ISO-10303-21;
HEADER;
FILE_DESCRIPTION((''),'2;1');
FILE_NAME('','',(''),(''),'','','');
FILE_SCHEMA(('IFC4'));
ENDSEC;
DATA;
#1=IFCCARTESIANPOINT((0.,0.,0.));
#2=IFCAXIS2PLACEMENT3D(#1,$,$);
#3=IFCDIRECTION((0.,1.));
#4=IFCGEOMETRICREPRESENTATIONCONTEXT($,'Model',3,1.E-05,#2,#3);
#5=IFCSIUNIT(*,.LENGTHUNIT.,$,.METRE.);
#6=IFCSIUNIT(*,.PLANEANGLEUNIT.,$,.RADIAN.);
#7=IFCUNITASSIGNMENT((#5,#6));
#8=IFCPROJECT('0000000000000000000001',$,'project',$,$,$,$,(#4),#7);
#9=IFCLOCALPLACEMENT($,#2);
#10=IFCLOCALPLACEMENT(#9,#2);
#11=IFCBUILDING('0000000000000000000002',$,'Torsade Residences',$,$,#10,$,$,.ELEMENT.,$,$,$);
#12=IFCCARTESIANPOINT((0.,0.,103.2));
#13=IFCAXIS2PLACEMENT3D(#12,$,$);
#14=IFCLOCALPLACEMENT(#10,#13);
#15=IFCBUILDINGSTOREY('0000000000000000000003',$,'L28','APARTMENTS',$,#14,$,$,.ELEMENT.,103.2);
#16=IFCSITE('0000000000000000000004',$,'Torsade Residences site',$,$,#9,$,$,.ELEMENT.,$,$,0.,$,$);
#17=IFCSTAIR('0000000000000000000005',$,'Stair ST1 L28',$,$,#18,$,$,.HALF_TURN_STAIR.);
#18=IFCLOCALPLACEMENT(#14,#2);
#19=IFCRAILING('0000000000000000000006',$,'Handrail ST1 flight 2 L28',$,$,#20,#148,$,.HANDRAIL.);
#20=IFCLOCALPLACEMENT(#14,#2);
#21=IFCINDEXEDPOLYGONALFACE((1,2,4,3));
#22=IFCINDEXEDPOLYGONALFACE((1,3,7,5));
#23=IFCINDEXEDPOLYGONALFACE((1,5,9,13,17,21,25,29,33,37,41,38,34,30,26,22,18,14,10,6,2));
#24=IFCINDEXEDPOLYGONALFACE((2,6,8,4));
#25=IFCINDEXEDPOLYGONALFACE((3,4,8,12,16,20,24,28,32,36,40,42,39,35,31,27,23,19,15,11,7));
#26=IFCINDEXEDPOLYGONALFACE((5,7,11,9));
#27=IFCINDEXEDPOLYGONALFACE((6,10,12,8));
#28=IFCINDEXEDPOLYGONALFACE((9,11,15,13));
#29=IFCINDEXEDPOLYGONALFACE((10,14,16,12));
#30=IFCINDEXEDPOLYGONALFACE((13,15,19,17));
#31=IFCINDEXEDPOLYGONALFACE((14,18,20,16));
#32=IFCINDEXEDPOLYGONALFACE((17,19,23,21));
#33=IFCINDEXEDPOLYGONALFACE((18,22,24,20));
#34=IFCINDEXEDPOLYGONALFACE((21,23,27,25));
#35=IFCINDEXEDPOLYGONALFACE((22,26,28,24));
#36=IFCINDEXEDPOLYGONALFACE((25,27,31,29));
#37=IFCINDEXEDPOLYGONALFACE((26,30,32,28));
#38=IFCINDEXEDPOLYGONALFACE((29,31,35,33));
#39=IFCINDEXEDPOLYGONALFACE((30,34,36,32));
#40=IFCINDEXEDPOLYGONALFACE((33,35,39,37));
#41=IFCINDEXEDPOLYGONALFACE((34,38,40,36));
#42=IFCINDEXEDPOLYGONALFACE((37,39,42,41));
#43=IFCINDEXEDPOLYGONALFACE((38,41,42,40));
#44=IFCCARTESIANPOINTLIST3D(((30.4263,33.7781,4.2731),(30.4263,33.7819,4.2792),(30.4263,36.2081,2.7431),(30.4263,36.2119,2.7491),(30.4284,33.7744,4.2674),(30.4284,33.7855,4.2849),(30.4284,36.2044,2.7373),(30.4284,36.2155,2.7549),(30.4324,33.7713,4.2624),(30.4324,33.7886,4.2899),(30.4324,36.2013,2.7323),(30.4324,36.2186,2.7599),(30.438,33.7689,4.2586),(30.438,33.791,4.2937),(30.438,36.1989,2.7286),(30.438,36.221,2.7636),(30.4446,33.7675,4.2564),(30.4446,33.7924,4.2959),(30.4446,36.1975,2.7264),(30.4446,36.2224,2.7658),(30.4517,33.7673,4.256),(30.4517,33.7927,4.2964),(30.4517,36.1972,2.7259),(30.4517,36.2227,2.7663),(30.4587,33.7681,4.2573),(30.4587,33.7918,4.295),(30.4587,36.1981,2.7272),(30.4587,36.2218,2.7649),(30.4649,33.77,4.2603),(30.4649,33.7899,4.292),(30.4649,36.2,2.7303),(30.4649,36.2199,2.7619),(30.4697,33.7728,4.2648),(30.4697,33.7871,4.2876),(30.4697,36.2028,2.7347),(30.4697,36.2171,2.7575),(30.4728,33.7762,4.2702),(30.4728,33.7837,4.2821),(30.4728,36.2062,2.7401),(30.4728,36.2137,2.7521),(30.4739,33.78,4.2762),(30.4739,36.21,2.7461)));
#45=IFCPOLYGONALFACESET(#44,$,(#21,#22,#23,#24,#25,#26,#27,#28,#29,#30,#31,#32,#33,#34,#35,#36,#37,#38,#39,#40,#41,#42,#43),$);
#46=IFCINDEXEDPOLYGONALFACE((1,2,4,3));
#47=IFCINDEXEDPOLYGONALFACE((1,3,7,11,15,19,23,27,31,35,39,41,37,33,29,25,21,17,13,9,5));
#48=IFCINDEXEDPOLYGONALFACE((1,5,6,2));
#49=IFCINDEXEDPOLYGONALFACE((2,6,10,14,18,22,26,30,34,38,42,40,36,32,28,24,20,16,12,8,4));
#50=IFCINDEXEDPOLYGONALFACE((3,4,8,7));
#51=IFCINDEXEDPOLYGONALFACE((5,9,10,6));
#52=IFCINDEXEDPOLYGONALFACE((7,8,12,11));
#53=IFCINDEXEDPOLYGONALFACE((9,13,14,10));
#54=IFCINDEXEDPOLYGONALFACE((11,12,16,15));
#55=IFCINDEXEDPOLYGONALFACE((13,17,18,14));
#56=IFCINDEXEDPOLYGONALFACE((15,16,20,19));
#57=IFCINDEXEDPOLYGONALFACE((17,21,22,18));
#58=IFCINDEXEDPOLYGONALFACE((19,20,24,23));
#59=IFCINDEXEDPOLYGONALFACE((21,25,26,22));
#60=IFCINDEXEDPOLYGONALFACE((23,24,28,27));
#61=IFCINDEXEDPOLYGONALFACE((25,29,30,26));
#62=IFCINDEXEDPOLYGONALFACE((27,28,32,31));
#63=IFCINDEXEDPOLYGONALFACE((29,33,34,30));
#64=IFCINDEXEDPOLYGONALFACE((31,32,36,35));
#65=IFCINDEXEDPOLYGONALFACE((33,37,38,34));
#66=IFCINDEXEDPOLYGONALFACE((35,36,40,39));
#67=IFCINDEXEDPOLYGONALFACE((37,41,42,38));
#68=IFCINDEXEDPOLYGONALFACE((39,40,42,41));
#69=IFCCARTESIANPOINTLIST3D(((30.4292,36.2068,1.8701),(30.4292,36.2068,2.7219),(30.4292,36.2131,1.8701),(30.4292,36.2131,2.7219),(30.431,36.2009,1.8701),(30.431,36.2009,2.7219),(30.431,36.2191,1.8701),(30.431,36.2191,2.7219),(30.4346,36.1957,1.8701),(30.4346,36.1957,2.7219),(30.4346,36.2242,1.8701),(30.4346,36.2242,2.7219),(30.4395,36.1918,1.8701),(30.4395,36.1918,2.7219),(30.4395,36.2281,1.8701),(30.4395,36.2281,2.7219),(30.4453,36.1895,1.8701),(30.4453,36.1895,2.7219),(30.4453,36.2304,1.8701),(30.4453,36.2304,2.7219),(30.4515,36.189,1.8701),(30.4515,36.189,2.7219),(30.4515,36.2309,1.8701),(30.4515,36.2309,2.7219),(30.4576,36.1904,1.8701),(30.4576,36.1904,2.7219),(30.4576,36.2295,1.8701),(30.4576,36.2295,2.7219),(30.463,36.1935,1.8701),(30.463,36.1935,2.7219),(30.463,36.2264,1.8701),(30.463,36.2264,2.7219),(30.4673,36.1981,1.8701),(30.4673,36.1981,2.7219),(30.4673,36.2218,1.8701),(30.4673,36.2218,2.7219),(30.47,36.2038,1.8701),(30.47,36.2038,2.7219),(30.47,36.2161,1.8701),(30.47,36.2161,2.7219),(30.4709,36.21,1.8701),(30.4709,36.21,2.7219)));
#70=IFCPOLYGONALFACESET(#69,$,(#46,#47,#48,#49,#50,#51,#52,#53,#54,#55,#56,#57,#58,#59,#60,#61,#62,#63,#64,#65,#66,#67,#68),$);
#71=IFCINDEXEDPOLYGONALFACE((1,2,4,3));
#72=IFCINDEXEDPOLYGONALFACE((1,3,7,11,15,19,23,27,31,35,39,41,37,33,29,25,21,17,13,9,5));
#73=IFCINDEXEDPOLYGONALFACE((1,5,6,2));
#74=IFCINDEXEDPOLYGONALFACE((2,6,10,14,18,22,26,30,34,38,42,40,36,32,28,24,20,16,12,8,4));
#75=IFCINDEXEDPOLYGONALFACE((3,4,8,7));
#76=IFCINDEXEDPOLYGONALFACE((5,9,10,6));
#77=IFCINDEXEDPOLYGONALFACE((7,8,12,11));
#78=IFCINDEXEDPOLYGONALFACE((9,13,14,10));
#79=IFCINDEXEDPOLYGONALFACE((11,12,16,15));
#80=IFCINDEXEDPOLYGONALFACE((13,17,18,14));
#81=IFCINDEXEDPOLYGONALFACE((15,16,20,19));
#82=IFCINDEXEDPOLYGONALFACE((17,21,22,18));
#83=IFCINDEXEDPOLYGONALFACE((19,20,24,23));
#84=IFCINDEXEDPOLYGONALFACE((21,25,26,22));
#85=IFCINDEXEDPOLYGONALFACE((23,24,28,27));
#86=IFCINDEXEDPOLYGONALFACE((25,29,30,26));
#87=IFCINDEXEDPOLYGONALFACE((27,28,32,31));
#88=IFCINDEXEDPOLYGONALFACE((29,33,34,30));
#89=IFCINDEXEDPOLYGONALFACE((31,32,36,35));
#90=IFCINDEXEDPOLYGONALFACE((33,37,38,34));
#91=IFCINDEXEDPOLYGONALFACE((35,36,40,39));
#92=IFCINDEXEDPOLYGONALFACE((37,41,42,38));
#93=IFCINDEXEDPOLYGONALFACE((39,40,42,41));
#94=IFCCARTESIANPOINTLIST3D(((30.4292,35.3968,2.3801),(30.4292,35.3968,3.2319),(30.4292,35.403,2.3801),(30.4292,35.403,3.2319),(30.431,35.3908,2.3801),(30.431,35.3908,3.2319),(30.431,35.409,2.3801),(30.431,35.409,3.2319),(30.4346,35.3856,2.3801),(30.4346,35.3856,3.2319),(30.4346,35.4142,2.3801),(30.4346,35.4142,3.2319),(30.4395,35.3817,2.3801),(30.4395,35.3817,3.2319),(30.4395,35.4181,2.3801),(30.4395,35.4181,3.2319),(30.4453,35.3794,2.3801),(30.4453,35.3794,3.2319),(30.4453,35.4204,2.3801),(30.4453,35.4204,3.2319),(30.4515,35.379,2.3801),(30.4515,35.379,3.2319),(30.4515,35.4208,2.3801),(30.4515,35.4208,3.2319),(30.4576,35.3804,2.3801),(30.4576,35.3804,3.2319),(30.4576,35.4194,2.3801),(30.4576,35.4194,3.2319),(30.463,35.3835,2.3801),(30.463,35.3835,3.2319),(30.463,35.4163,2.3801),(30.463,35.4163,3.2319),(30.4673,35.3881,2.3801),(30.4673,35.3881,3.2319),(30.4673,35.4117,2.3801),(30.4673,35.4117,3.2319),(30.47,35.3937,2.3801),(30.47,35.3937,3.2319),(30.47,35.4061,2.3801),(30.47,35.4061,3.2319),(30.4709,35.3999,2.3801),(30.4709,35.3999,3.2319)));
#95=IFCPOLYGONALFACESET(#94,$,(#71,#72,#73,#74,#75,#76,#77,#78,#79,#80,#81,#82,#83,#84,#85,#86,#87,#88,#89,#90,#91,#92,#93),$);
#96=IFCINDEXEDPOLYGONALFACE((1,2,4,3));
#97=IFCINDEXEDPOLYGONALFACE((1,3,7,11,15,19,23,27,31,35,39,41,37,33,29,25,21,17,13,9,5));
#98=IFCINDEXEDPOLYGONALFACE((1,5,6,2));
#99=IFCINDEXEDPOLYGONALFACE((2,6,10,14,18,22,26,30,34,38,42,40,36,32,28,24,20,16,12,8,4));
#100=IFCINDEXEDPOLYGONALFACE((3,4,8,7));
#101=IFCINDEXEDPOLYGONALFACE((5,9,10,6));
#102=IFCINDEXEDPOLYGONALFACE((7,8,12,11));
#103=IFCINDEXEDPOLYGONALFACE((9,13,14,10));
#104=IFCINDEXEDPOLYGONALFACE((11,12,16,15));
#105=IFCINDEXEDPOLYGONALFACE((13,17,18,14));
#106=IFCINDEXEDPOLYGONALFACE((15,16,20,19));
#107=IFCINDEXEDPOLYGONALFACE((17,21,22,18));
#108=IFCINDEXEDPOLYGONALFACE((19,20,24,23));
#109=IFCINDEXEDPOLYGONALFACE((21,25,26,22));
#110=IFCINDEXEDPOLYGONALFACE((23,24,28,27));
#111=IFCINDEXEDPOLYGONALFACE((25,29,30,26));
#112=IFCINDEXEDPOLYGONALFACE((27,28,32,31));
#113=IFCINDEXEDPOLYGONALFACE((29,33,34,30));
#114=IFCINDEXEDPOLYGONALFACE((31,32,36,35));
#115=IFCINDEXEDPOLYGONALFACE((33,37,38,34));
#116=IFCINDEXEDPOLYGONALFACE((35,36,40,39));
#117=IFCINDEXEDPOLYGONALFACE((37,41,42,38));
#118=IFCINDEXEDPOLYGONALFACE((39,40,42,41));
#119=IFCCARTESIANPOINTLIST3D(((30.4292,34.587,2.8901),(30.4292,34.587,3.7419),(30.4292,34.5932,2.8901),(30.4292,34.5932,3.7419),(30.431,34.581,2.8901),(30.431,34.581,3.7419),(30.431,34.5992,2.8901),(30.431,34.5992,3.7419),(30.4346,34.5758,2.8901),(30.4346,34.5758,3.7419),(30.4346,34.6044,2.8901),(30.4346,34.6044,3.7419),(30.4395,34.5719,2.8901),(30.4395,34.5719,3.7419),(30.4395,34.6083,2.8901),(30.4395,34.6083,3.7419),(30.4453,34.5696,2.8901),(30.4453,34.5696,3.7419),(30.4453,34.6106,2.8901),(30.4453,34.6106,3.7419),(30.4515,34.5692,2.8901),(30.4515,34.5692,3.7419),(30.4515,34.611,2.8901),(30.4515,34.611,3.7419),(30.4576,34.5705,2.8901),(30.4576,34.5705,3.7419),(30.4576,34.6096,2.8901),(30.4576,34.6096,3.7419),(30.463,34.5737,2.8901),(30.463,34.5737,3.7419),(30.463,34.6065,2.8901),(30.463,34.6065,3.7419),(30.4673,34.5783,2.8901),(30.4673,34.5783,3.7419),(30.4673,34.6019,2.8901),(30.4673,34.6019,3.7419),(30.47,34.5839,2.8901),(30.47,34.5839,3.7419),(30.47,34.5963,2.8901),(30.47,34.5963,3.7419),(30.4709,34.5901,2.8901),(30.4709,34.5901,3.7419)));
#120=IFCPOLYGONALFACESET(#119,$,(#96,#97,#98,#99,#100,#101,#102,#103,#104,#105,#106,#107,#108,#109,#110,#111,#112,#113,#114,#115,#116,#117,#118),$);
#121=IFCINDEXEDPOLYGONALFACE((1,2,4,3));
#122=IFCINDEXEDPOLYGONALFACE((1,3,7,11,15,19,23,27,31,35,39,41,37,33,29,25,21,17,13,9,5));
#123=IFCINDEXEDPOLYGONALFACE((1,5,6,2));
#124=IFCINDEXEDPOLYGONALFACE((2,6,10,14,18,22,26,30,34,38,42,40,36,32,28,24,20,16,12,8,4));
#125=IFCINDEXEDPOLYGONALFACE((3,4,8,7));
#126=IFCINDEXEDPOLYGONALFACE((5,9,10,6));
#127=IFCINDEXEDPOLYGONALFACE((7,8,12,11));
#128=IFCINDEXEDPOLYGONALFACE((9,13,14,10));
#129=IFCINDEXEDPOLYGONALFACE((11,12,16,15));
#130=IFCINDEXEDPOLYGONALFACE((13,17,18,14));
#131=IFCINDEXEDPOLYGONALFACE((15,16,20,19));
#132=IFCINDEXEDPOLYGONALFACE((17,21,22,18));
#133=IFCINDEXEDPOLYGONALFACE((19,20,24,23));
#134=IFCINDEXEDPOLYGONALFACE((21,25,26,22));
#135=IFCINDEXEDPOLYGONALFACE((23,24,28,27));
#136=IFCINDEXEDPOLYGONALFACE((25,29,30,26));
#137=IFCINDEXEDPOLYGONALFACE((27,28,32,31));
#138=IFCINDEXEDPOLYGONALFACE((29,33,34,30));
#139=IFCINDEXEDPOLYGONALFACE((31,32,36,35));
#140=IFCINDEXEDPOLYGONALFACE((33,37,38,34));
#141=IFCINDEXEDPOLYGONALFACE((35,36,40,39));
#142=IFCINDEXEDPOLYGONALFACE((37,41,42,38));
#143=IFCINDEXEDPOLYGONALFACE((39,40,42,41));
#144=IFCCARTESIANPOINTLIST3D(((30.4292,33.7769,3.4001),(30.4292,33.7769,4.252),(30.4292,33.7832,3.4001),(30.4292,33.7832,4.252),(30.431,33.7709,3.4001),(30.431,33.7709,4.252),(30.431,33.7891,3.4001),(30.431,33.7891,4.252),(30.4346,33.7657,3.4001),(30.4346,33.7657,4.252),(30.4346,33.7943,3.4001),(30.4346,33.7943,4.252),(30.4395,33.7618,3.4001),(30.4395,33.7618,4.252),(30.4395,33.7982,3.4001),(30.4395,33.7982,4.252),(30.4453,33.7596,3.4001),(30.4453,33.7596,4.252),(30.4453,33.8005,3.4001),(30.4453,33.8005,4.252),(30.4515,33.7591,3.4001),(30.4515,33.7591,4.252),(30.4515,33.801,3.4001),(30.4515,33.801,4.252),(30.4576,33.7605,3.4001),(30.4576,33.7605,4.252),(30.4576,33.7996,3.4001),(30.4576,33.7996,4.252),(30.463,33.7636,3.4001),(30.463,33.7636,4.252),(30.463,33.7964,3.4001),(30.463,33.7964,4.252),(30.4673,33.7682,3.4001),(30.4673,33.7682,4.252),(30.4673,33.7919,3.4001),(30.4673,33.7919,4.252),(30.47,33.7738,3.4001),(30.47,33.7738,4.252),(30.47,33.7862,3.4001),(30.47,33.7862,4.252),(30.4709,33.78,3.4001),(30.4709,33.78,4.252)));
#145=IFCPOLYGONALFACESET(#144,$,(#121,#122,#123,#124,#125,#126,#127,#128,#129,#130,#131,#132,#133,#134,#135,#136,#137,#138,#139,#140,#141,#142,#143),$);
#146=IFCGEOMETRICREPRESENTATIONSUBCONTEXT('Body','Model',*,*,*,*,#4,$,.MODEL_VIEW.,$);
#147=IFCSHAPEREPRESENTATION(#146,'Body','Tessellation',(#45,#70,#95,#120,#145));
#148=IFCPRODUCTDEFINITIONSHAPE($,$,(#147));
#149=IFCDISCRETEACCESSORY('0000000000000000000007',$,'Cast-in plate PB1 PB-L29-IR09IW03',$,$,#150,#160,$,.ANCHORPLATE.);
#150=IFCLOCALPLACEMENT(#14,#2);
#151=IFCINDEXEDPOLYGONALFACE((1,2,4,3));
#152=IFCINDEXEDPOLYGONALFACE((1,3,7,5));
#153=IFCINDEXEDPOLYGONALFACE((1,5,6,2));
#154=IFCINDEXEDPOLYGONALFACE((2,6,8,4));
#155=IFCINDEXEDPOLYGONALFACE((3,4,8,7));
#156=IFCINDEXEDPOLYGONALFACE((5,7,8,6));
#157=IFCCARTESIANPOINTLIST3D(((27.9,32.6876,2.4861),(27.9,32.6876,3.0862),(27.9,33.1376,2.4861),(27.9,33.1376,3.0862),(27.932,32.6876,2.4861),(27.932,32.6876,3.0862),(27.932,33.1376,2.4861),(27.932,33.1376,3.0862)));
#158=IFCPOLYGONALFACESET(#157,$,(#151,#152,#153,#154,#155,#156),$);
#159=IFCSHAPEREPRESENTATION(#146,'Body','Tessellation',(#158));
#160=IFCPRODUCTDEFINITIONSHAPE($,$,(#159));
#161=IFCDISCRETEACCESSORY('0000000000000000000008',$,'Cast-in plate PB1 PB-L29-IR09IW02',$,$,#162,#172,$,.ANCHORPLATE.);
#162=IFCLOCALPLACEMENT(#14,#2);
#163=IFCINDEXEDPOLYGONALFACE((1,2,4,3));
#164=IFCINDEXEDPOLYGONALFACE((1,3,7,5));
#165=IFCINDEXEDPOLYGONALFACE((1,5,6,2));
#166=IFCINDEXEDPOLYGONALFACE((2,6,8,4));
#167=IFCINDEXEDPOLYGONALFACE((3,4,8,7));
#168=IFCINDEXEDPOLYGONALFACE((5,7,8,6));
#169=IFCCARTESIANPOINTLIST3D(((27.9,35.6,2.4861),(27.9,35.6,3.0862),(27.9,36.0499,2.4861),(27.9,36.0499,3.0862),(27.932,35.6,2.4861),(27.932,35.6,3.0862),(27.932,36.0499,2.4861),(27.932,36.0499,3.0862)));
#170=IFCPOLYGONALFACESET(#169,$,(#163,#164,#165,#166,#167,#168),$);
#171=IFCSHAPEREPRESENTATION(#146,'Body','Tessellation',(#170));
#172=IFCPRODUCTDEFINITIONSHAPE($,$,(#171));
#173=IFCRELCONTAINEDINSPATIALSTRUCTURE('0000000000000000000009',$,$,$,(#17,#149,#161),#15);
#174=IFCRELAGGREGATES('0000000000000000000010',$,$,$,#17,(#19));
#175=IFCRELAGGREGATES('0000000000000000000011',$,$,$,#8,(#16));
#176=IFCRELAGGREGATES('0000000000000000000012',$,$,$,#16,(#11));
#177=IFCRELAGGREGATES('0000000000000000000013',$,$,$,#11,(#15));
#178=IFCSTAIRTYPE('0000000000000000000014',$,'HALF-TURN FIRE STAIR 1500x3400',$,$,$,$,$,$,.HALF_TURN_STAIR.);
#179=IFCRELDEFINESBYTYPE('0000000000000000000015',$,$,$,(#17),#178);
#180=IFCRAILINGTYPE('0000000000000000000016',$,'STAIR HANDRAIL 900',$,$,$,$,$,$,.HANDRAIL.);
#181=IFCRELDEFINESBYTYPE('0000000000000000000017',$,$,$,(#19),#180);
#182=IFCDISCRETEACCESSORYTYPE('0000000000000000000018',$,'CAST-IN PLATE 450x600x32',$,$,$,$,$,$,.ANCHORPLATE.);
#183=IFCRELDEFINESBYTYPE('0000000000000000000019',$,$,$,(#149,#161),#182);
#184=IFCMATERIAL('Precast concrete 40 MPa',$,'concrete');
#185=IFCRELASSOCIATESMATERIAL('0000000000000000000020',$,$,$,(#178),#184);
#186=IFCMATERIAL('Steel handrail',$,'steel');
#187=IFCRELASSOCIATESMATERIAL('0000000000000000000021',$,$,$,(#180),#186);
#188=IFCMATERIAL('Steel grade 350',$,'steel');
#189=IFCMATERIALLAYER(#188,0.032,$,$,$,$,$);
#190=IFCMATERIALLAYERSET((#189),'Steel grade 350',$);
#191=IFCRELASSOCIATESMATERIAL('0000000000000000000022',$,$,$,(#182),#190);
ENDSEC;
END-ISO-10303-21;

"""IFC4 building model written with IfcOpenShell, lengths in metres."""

from ifc_helpers import new_model, si_unit, direction, frame, origin, origin_2d, place, context, subcontext, project, spatial, rectangle, circle, extrude, material, layer, layer_set, type_object, element, aggregate, save


model = new_model("IFC4")

# Units and contexts
model_context = context("Model", 3, precision=1e-05, world=origin(), true_north=direction((0.0, 1.0)))
body_context = subcontext(model_context, "Body", "Model", "MODEL_VIEW")
ifc_project = project(units=[si_unit("LENGTHUNIT", "METRE"), si_unit("PLANEANGLEUNIT", "RADIAN")], contexts=[model_context])

# Site, building, storey
site_placement = place(None, origin())
site = spatial("IfcSite", under=ifc_project, at=site_placement, Name="Torsade Residences site", CompositionType="ELEMENT", RefElevation=0.0)
building_placement = place(site_placement, origin())
building = spatial("IfcBuilding", under=site, at=building_placement, Name="Torsade Residences", CompositionType="ELEMENT")
storey_placement = place(building_placement, frame((0.0, 0.0, 103.2)))
storey = spatial("IfcBuildingStorey", under=building, at=storey_placement, Name="L28", Description="APARTMENTS", CompositionType="ELEMENT", Elevation=103.2)

# Stair, railing
ifc_material_1 = material(Name="Precast concrete 40 MPa", Category="concrete")
stair_type = type_object("IfcStairType", Name="HALF-TURN FIRE STAIR 1500x3400", PredefinedType="HALF_TURN_STAIR", material=ifc_material_1)
stair_placement = place(storey_placement, origin())
stair = element("IfcStair", 1, at=stair_placement, inside=storey, type_object=stair_type, Name="Stair ST1 L28", PredefinedType="HALF_TURN_STAIR")
ifc_material_2 = material(Name="Steel handrail", Category="steel")
railing_type = type_object("IfcRailingType", Name="STAIR HANDRAIL 900", PredefinedType="HANDRAIL", material=ifc_material_2)
railing_1_placement = place(storey_placement, frame((30.45, 36.21, 1.8701)))
railing_1 = element("IfcRailing", 2, at=railing_1_placement, type_object=railing_type, Name="Handrail ST1 flight 2 L28", PredefinedType="HANDRAIL", context=body_context, shape_type="SweptSolid", body=[
    extrude(circle(Radius=0.0239, at=origin_2d()), frame((0.0, 0.0, 0.876), z_axis=(0.0, -0.846221, 0.532831), x_axis=(1.0, 0.0, 0.0)), (0.0, 0.0, 1.0), 2.8716),
    extrude(circle(Radius=0.021, at=origin_2d()), origin(), (0.0, 0.0, 1.0), 0.8518),
    extrude(circle(Radius=0.021, at=origin_2d()), frame((0.0, -0.8101, 0.51)), (0.0, 0.0, 1.0), 0.8518),
    extrude(circle(Radius=0.021, at=origin_2d()), frame((0.0, -1.6199, 1.02)), (0.0, 0.0, 1.0), 0.8518),
    extrude(circle(Radius=0.021, at=origin_2d()), frame((0.0, -2.4299, 1.53)), (0.0, 0.0, 1.0), 0.8518),
])
aggregate(stair, [railing_1])

# Discrete accessories
ifc_material_3 = material(Name="Steel grade 350", Category="steel")
ifc_layer_1 = layer(ifc_material_3, 0.032)
ifc_layer_set_1 = layer_set([ifc_layer_1], Name="Steel grade 350")
discrete_accessory_type = type_object("IfcDiscreteAccessoryType", Name="CAST-IN PLATE 450x600x32", PredefinedType="ANCHORPLATE", material=ifc_layer_set_1)
for number, where, z_axis, x_axis, name in (
    (3, (27.916, 32.9126, 2.4861), (0.0, 0.0, 1.0), (1.0, 0.0, 0.0), "Cast-in plate PB1 PB-L29-IR09IW03"),
    (4, (27.916, 35.825, 2.4861), (0.0, 0.0, 1.0), (1.0, 0.0, 0.0), "Cast-in plate PB1 PB-L29-IR09IW02"),
):
    element("IfcDiscreteAccessory", number, at=place(storey_placement, frame(where, z_axis=z_axis, x_axis=x_axis)), inside=storey, type_object=discrete_accessory_type, Name=name, PredefinedType="ANCHORPLATE", context=body_context, shape_type="SweptSolid", body=[
        extrude(rectangle(XDim=0.032, YDim=0.45, at=origin_2d()), origin(), (0.0, 0.0, 1.0), 0.6001),
    ])

save(model, "model.ifc")
